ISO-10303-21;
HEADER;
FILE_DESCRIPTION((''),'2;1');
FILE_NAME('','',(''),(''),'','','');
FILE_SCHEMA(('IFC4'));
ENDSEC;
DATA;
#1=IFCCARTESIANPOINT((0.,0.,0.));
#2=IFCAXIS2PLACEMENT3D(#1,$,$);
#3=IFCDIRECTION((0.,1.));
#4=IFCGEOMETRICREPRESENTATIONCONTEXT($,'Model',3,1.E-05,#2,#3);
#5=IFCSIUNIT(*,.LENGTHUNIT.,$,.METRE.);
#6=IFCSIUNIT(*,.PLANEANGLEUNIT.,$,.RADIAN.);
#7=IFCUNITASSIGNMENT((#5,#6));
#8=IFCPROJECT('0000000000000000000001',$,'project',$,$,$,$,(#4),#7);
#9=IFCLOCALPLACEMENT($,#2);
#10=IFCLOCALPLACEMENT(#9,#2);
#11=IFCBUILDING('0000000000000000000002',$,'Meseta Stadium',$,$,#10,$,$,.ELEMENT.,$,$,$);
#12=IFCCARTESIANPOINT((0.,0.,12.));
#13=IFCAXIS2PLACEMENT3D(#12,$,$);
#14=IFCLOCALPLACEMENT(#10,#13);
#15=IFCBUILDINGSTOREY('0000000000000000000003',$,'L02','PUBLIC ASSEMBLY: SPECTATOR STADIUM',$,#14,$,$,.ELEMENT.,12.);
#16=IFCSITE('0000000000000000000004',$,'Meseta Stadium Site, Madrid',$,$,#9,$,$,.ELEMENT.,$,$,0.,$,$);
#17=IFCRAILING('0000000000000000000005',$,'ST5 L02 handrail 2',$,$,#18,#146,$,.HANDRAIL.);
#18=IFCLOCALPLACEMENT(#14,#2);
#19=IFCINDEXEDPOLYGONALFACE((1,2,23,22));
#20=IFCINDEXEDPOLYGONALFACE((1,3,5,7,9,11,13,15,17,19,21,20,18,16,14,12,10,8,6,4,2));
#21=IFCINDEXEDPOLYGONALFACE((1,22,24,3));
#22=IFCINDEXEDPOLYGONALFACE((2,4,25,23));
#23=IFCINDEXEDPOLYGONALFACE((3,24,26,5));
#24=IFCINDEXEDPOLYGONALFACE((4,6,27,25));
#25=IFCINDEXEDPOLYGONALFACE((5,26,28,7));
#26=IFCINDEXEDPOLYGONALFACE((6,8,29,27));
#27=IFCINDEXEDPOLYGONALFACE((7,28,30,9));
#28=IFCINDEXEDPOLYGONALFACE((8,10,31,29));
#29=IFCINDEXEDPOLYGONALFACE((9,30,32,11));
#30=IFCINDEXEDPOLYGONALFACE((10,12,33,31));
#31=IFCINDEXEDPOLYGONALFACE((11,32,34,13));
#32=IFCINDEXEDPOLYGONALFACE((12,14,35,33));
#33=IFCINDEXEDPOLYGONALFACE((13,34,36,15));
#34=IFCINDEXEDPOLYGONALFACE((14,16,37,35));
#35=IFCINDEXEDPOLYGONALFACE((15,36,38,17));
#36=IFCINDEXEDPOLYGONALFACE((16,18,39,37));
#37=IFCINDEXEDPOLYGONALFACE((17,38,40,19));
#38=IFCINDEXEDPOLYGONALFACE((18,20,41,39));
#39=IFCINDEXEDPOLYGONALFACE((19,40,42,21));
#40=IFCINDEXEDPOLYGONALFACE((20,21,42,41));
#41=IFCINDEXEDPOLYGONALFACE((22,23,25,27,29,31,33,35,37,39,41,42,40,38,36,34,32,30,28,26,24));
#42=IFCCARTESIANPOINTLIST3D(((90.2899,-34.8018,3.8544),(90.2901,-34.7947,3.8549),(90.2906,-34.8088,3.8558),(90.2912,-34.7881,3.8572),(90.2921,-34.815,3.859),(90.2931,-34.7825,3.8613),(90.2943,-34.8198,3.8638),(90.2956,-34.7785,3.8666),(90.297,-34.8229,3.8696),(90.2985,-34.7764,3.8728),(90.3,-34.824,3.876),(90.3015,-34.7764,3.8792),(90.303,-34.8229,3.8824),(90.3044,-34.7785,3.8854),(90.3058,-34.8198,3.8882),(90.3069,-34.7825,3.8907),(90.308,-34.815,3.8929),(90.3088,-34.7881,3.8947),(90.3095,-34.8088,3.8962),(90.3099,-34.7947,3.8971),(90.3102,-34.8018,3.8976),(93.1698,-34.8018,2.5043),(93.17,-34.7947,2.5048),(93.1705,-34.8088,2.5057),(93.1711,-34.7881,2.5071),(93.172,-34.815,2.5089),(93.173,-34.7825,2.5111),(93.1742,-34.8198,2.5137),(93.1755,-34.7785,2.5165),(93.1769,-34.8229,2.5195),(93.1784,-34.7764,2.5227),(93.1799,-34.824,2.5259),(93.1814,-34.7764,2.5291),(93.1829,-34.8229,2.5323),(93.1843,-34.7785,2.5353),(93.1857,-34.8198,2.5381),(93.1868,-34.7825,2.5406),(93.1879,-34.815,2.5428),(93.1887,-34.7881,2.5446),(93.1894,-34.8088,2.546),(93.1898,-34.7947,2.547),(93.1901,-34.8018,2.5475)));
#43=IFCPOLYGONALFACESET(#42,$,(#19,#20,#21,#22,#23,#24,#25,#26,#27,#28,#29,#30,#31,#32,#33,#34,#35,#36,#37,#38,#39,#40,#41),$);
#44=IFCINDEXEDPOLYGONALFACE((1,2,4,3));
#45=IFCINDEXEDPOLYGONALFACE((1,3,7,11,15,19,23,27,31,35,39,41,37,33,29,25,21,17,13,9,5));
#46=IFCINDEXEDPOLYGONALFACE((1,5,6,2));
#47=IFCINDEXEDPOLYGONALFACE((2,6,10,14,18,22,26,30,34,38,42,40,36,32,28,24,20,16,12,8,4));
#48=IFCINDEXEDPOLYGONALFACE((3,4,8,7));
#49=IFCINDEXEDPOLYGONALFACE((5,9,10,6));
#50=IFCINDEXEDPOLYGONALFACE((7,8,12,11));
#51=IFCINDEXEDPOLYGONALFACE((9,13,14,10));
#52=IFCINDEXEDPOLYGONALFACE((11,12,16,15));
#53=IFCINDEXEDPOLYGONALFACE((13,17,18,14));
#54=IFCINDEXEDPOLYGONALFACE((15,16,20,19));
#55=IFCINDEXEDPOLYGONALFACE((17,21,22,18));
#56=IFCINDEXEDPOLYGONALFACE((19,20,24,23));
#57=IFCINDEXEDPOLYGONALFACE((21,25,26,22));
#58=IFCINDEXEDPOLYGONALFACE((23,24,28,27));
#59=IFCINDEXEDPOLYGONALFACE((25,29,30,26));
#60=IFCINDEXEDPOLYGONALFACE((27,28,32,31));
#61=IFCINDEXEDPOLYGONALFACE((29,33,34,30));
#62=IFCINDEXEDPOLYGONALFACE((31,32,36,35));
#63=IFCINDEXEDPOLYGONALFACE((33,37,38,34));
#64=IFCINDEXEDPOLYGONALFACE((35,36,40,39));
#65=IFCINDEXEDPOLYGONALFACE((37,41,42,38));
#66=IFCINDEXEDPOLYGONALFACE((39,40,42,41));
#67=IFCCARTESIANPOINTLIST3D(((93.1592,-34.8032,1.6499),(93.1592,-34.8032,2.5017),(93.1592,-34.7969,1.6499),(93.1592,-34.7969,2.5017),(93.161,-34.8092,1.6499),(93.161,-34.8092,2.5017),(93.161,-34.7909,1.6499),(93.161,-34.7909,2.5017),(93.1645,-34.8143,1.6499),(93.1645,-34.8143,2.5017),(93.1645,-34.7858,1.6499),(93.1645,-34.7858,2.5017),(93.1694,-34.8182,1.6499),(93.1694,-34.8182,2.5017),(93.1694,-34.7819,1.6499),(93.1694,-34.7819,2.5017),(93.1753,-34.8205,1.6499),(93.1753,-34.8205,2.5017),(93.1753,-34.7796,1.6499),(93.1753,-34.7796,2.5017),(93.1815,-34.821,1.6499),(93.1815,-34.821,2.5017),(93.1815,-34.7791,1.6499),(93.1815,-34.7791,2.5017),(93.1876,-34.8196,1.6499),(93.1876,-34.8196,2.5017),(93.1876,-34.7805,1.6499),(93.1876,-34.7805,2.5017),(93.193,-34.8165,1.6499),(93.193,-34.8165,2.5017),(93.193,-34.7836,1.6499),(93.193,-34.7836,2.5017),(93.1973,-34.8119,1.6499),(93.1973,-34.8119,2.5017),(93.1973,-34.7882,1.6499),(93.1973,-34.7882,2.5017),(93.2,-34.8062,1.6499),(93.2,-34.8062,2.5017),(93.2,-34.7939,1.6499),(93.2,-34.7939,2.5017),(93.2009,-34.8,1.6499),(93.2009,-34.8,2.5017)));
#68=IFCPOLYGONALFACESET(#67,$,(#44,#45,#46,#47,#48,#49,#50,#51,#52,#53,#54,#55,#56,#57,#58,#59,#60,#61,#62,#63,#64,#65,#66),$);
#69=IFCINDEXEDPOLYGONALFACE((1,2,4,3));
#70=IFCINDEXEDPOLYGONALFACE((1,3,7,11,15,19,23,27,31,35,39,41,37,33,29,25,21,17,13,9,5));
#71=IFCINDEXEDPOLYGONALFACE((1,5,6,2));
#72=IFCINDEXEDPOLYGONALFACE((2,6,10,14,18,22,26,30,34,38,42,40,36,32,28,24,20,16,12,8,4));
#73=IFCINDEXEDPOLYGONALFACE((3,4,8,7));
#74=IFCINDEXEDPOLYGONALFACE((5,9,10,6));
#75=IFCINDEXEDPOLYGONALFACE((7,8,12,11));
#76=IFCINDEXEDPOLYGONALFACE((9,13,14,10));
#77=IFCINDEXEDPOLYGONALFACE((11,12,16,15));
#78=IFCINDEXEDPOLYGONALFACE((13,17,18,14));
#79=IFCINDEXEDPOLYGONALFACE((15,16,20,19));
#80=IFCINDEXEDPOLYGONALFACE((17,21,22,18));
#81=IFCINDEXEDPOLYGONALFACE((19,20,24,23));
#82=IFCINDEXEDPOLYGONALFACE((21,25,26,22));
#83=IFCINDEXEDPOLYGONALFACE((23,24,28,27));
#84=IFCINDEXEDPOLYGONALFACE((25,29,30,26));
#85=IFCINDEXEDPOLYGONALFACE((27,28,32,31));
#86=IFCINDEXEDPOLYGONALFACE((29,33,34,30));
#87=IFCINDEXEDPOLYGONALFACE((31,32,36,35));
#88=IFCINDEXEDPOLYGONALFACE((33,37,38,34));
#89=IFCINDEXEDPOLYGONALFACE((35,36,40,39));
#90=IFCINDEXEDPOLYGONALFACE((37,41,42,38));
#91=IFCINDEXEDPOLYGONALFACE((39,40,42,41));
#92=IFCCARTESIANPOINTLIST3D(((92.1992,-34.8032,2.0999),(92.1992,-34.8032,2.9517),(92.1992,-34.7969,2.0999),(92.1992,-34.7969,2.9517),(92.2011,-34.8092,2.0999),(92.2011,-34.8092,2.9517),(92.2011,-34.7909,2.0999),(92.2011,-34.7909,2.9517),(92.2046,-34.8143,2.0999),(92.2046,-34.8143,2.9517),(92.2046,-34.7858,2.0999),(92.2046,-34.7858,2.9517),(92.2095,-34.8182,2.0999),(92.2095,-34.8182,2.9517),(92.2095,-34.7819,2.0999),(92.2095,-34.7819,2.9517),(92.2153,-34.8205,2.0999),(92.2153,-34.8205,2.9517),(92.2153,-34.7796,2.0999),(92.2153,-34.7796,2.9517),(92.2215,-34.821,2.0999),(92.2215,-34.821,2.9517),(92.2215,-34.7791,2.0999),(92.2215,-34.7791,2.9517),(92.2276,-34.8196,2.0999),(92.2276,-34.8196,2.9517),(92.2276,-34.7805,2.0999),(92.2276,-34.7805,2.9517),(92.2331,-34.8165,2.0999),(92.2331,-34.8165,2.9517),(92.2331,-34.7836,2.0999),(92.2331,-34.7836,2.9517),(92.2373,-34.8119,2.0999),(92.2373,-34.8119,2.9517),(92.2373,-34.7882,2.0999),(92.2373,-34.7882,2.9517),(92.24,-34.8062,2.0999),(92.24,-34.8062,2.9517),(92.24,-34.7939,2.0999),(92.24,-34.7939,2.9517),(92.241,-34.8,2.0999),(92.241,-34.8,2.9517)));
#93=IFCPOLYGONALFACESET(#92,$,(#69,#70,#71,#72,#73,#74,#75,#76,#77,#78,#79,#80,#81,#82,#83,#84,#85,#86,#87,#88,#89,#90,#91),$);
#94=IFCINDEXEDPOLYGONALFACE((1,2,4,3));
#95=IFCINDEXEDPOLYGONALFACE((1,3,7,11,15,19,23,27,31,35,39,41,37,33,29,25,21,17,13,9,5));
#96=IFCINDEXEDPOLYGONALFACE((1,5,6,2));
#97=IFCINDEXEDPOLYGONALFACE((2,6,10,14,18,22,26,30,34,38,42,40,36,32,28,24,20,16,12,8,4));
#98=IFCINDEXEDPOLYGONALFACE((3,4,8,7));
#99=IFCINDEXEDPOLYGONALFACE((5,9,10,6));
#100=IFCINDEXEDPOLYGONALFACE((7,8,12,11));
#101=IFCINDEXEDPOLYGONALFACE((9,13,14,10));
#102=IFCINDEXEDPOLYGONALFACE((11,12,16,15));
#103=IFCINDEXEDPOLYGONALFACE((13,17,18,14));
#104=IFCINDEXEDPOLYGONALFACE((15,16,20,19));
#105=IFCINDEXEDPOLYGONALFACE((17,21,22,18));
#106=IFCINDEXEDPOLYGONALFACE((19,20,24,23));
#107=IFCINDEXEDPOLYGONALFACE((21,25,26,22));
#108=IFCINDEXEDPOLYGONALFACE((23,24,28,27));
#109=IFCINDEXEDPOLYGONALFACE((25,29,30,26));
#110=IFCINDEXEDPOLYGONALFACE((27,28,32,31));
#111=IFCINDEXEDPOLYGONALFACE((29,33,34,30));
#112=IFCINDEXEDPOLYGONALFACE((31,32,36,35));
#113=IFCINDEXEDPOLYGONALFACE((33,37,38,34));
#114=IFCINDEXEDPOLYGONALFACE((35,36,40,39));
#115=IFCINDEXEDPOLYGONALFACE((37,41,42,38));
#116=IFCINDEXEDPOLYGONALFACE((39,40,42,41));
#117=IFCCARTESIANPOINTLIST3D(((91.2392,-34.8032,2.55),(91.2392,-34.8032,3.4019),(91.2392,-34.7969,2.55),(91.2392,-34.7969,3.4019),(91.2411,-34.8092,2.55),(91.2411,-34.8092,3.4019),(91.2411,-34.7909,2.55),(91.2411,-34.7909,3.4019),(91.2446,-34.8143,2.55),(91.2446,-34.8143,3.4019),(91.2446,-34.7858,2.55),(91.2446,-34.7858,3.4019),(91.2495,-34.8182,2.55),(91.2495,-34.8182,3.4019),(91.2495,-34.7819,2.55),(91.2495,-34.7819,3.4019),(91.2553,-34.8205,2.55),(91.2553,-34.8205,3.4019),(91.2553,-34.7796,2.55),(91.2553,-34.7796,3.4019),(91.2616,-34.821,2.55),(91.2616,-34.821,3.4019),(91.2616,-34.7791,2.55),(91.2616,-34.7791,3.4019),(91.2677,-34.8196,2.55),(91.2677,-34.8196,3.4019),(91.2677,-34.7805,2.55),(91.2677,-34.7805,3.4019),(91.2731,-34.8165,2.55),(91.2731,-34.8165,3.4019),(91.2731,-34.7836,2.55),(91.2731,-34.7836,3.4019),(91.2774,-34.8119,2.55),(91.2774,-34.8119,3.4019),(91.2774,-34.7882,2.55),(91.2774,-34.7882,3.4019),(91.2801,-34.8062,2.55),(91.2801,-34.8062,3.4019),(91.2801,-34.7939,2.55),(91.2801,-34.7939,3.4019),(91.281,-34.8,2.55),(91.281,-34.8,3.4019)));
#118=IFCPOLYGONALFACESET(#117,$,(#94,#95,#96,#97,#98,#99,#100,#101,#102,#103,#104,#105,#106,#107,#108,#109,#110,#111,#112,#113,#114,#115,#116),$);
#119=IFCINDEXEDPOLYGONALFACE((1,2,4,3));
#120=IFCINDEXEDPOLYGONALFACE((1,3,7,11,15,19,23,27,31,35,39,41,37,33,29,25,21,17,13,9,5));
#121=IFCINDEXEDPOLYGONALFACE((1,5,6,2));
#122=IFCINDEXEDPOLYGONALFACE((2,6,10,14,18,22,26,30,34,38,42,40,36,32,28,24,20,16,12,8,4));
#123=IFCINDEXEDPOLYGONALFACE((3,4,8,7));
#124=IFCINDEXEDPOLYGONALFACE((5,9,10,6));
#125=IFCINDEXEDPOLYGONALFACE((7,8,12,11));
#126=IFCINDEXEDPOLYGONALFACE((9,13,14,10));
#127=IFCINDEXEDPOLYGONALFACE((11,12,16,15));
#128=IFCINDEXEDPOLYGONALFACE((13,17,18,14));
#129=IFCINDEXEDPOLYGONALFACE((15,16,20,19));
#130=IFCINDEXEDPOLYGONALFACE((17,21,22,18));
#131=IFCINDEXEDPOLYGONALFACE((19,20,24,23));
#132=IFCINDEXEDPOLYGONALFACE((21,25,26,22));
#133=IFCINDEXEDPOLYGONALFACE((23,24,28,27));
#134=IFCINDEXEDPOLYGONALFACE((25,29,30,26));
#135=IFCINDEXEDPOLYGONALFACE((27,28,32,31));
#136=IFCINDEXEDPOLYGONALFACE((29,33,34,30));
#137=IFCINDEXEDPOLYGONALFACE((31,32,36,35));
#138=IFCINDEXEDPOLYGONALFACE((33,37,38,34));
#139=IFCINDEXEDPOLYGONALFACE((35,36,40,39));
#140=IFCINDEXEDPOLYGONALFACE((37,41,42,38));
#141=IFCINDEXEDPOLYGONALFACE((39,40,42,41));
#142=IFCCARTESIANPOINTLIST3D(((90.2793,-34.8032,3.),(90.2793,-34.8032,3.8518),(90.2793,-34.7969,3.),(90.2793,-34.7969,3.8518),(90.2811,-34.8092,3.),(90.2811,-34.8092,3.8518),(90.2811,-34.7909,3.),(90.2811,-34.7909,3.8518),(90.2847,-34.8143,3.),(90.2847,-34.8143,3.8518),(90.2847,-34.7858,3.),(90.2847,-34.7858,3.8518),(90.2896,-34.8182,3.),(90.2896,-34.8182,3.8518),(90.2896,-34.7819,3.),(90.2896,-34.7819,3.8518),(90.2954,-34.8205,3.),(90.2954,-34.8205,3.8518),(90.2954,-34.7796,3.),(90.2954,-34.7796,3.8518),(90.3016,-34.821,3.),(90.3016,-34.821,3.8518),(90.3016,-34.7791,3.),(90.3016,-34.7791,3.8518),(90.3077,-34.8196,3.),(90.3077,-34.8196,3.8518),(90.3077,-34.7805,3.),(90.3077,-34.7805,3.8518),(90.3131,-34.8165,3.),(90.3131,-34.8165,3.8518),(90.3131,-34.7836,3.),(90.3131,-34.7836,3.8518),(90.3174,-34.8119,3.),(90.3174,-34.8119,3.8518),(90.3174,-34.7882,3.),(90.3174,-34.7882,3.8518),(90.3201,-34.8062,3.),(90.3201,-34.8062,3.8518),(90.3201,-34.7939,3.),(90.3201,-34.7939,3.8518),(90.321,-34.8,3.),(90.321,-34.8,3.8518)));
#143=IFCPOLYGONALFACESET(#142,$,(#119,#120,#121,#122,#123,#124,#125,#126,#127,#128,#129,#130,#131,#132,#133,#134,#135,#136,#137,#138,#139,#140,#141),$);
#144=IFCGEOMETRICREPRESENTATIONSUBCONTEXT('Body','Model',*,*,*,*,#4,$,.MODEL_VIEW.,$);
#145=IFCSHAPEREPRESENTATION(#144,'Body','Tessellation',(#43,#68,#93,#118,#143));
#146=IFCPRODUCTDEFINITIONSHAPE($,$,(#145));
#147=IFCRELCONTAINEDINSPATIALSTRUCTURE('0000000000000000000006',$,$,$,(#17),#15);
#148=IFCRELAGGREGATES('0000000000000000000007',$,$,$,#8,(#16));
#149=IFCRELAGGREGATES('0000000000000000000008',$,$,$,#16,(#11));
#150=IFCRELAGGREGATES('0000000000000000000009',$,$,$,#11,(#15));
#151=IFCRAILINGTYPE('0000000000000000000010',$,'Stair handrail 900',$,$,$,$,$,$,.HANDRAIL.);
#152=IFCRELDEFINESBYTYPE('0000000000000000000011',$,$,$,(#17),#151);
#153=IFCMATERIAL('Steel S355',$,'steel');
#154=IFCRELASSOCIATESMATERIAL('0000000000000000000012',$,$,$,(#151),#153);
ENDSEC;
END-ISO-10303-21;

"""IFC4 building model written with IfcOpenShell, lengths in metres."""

from ifc_helpers import new_model, si_unit, direction, frame, origin, origin_2d, place, context, subcontext, project, spatial, circle, extrude, material, type_object, element, save


model = new_model("IFC4")

# Units and contexts
model_context = context("Model", 3, precision=1e-05, world=origin(), true_north=direction((0.0, 1.0)))
body_context = subcontext(model_context, "Body", "Model", "MODEL_VIEW")
ifc_project = project(units=[si_unit("LENGTHUNIT", "METRE"), si_unit("PLANEANGLEUNIT", "RADIAN")], contexts=[model_context])

# Site, building, storey
site_placement = place(None, origin())
site = spatial("IfcSite", under=ifc_project, at=site_placement, Name="Meseta Stadium Site, Madrid", CompositionType="ELEMENT", RefElevation=0.0)
building_placement = place(site_placement, origin())
building = spatial("IfcBuilding", under=site, at=building_placement, Name="Meseta Stadium", CompositionType="ELEMENT")
storey_placement = place(building_placement, frame((0.0, 0.0, 12.0)))
storey = spatial("IfcBuildingStorey", under=building, at=storey_placement, Name="L02", Description="PUBLIC ASSEMBLY: SPECTATOR STADIUM", CompositionType="ELEMENT", Elevation=12.0)

# Railing
ifc_material_1 = material(Name="Steel S355", Category="steel")
railing_type_1 = type_object("IfcRailingType", Name="Stair handrail 900", PredefinedType="HANDRAIL", material=ifc_material_1)
railing_1_placement = place(storey_placement, frame((93.1799, -34.8, 1.6499)))
element("IfcRailing", 1, at=railing_1_placement, inside=storey, type_object=railing_type_1, Name="ST5 L02 handrail 2", PredefinedType="HANDRAIL", context=body_context, shape_type="SweptSolid", body=[
    extrude(circle(Radius=0.0239, at=origin_2d()), frame((0.0, 0.0, 0.876), z_axis=(-0.90544, 0.0, 0.424473), x_axis=(0.0, -1.0, 0.0)), (0.0, 0.0, 1.0), 3.1807),
    extrude(circle(Radius=0.021, at=origin_2d()), origin(), (0.0, 0.0, 1.0), 0.8518),
    extrude(circle(Radius=0.021, at=origin_2d()), frame((-0.96, 0.0, 0.45)), (0.0, 0.0, 1.0), 0.8518),
    extrude(circle(Radius=0.021, at=origin_2d()), frame((-1.9199, 0.0, 0.9001)), (0.0, 0.0, 1.0), 0.8518),
    extrude(circle(Radius=0.021, at=origin_2d()), frame((-2.8799, 0.0, 1.3501)), (0.0, 0.0, 1.0), 0.8518),
])

save(model, "model.ifc")
